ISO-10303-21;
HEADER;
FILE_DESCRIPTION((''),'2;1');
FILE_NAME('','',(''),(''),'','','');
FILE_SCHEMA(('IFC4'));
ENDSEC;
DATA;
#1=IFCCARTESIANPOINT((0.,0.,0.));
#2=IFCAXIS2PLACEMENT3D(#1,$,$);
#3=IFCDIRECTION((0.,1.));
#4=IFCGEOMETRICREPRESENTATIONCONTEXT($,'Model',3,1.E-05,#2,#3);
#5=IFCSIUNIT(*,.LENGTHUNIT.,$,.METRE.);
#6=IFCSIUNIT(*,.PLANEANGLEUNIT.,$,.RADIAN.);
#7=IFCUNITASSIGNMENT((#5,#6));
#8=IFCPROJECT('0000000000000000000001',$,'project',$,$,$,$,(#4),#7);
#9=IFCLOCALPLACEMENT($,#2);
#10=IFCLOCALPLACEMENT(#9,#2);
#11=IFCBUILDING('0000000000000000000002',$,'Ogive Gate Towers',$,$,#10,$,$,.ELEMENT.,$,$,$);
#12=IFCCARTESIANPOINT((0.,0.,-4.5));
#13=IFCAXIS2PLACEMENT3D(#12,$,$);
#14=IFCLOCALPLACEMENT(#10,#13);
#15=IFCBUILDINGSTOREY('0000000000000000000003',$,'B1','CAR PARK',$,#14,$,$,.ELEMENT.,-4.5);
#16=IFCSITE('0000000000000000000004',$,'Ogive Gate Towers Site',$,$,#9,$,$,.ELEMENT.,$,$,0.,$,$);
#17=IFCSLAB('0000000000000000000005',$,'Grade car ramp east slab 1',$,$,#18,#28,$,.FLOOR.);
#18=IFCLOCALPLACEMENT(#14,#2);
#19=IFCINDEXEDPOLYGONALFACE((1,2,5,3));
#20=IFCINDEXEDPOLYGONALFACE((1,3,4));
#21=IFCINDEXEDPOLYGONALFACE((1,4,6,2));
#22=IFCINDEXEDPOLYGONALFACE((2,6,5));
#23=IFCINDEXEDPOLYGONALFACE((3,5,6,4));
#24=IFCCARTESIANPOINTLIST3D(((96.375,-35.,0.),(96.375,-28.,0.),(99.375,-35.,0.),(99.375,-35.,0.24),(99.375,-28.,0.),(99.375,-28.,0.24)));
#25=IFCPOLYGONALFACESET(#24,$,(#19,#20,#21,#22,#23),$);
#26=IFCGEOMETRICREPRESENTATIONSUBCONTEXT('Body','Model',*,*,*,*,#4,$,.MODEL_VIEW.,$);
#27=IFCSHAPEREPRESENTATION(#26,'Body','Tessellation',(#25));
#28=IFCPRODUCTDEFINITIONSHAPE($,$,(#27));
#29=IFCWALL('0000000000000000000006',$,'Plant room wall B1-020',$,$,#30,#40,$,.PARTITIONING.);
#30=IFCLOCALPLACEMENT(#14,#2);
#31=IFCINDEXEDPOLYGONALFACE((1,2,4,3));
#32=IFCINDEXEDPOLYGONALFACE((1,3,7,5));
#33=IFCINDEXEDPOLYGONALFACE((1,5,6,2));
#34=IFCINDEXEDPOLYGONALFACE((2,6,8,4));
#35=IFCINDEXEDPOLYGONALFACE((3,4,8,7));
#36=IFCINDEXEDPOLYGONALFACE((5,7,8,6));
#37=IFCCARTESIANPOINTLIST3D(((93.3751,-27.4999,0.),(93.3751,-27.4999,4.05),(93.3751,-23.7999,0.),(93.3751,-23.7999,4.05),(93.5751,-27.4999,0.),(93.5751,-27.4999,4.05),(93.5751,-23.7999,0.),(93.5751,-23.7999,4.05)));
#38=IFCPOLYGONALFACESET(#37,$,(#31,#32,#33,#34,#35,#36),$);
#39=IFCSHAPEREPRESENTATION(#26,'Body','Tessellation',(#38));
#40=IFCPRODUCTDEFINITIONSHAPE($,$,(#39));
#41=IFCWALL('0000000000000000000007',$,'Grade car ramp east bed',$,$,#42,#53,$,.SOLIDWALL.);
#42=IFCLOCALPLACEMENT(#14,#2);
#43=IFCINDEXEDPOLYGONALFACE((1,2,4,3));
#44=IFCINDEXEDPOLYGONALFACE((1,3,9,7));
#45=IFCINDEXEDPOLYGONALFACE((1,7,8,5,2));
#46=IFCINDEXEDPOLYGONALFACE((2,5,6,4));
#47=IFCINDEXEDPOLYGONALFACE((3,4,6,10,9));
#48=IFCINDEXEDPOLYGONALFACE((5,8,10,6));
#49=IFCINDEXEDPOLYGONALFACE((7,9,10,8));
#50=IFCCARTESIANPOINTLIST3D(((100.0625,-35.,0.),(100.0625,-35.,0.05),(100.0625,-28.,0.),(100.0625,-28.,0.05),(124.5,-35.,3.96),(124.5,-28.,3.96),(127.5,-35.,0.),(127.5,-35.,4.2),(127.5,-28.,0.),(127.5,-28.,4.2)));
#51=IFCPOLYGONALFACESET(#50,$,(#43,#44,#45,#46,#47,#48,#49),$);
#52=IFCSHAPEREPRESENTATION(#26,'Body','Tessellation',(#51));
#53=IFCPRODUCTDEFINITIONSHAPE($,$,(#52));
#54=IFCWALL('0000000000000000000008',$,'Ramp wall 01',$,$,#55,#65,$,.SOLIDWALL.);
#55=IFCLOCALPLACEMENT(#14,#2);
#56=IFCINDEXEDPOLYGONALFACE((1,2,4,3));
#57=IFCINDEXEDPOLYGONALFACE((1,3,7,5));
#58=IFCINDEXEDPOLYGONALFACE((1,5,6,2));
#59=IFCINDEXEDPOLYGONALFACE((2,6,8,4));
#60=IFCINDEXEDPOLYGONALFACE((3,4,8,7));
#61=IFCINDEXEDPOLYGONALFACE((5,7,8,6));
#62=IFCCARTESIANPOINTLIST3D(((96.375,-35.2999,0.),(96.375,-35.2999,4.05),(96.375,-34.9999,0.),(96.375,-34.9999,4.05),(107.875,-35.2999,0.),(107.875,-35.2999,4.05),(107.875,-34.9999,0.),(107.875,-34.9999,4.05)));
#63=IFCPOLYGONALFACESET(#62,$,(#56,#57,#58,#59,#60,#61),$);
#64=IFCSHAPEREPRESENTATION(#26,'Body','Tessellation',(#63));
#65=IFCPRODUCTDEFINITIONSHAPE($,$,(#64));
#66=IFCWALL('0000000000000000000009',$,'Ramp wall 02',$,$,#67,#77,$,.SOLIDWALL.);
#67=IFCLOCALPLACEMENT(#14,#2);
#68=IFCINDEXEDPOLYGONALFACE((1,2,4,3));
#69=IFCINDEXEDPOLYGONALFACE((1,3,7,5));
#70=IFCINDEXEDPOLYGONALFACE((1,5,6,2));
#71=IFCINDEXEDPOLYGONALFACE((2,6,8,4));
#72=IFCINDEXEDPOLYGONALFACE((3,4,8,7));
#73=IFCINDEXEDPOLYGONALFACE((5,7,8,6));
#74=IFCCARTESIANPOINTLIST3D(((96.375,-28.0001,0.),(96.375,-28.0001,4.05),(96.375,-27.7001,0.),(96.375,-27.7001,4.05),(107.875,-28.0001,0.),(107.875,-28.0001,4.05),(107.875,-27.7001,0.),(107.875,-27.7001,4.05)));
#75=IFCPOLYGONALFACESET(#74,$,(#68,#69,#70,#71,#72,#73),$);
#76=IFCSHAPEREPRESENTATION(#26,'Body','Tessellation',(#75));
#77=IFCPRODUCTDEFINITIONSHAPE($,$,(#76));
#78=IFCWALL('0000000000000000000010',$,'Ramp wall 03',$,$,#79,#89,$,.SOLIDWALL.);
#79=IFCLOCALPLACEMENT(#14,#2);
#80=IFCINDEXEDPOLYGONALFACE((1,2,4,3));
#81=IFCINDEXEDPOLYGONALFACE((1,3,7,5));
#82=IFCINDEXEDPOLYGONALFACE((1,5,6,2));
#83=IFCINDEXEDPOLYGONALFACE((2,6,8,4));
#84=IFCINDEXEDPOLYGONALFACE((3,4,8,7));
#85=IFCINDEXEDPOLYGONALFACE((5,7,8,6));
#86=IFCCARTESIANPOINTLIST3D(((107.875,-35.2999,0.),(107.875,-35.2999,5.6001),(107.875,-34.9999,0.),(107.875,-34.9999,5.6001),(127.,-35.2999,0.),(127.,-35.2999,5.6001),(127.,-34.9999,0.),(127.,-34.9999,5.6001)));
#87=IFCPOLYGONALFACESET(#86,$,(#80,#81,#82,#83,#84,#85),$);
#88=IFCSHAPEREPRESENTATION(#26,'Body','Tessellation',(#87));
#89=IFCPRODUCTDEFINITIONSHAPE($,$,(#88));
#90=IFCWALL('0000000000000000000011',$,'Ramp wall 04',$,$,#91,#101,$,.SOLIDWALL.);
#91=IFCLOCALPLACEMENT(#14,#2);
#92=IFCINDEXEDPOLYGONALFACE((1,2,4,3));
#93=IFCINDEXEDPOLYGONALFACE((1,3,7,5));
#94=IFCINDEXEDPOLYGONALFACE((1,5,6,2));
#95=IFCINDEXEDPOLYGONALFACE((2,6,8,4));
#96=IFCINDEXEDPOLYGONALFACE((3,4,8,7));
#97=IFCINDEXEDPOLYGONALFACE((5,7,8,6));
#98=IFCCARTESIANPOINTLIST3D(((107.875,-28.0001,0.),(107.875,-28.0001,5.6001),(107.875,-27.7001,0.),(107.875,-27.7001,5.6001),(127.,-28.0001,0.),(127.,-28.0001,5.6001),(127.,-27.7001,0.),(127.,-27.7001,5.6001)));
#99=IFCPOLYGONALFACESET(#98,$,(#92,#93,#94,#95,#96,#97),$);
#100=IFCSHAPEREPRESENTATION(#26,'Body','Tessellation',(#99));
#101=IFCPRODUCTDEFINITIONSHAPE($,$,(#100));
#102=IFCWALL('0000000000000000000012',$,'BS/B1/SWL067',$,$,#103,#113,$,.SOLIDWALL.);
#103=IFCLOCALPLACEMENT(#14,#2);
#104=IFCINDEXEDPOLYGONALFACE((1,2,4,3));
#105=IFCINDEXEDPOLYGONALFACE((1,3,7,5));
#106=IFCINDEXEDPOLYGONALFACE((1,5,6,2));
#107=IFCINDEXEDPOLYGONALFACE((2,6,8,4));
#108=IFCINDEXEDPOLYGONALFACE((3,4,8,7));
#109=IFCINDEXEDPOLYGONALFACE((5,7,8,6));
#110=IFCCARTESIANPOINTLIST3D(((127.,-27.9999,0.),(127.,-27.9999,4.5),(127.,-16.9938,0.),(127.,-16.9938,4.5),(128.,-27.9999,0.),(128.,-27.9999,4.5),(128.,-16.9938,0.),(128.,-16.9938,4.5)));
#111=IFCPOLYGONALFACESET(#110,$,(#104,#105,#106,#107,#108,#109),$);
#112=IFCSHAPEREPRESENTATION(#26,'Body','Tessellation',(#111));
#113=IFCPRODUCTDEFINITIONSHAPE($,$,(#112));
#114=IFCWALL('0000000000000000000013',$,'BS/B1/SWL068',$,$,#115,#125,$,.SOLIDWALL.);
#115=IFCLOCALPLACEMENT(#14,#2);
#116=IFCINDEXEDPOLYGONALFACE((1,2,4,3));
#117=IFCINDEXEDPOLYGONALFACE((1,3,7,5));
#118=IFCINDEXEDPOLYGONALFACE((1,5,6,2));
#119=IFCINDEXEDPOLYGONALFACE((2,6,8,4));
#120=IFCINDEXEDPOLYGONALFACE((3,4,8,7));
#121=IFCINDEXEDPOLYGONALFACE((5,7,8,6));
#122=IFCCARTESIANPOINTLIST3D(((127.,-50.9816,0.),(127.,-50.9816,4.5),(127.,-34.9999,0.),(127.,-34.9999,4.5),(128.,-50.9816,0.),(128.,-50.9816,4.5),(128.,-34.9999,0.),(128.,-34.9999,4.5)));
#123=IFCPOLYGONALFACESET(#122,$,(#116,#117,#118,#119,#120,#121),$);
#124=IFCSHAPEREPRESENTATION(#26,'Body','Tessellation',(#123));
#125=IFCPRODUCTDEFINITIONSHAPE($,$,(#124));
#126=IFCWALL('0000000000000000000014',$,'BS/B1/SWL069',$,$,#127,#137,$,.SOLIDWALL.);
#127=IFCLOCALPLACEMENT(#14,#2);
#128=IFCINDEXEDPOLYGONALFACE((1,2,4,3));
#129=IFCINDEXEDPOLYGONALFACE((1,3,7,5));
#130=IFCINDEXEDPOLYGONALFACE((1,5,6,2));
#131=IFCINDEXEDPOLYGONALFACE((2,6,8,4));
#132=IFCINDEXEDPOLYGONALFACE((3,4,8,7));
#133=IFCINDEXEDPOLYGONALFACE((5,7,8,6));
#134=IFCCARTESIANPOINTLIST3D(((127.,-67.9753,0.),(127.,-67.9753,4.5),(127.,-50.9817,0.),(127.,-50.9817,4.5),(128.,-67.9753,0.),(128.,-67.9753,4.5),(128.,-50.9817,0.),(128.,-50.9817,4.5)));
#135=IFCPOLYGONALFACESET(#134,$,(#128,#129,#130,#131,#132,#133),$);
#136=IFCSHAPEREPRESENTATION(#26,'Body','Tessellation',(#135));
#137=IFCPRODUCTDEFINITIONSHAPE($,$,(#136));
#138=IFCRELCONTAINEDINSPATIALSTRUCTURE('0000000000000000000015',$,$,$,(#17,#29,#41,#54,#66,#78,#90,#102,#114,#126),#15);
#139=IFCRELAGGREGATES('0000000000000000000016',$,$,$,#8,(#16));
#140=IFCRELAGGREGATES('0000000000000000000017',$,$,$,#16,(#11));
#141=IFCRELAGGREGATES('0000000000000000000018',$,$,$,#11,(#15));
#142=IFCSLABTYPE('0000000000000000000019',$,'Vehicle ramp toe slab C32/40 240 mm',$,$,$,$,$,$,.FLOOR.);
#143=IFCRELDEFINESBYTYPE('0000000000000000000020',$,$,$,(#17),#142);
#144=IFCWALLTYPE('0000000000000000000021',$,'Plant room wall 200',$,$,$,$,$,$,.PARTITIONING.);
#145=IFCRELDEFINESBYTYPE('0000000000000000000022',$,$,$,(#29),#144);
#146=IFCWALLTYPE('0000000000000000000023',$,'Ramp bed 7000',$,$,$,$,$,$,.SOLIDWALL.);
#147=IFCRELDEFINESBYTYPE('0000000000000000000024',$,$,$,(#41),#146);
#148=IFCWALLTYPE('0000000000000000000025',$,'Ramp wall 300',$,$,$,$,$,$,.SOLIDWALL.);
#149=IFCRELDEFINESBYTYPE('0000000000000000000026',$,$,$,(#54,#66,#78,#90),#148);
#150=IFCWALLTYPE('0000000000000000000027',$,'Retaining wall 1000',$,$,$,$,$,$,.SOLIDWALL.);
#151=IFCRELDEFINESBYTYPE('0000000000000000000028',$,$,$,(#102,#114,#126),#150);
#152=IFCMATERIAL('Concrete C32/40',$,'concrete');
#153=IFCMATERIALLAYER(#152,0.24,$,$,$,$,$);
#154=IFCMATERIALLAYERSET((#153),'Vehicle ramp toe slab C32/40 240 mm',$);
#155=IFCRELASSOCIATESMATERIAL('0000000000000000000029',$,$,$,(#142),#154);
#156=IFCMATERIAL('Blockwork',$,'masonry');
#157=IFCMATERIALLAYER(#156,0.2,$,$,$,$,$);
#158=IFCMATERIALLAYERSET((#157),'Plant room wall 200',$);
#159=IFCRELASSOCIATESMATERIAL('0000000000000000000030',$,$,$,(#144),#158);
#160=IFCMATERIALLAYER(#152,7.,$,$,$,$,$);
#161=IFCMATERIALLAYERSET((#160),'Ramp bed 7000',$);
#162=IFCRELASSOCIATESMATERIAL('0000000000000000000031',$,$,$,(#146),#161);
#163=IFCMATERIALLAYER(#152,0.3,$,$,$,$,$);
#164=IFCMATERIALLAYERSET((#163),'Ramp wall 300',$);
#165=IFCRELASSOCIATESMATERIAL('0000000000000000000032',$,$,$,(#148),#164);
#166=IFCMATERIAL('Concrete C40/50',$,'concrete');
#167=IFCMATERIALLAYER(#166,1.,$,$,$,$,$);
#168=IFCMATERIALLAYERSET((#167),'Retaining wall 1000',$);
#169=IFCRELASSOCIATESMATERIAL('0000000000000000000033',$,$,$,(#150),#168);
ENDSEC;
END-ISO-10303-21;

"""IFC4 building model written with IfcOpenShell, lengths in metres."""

from ifc_helpers import new_model, si_unit, direction, frame, frame_2d, origin, place, context, subcontext, project, spatial, polyline, rectangle, outline, extrude, material, layer, layer_set, type_object, element, save


model = new_model("IFC4")

# Units and contexts
model_context = context("Model", 3, precision=1e-05, world=origin(), true_north=direction((0.0, 1.0)))
body_context = subcontext(model_context, "Body", "Model", "MODEL_VIEW")
ifc_project = project(units=[si_unit("LENGTHUNIT", "METRE"), si_unit("PLANEANGLEUNIT", "RADIAN")], contexts=[model_context])

# Site, building, storey
site_placement = place(None, origin())
site = spatial("IfcSite", under=ifc_project, at=site_placement, Name="Ogive Gate Towers Site", CompositionType="ELEMENT", RefElevation=0.0)
building_placement = place(site_placement, origin())
building = spatial("IfcBuilding", under=site, at=building_placement, Name="Ogive Gate Towers", CompositionType="ELEMENT")
storey_placement = place(building_placement, frame((0.0, 0.0, -4.5)))
storey = spatial("IfcBuildingStorey", under=building, at=storey_placement, Name="B1", Description="CAR PARK", CompositionType="ELEMENT", Elevation=-4.5)

# Slab
ifc_material_1 = material(Name="Concrete C32/40", Category="concrete")
ifc_layer_1 = layer(ifc_material_1, 0.24)
ifc_layer_set_1 = layer_set([ifc_layer_1], Name="Vehicle ramp toe slab C32/40 240 mm")
slab_type_1 = type_object("IfcSlabType", Name="Vehicle ramp toe slab C32/40 240 mm", PredefinedType="FLOOR", material=ifc_layer_set_1)
slab_1_placement = place(storey_placement, frame((96.375, -31.5, 0.0), z_axis=(0.0, 0.0, 1.0), x_axis=(1.0, 0.0, 0.0)))
element("IfcSlab", 1, at=slab_1_placement, inside=storey, type_object=slab_type_1, Name="Grade car ramp east slab 1", PredefinedType="FLOOR", context=body_context, shape_type="SweptSolid", body=[
    extrude(outline(polyline([(0.0, 0.0), (3.0, 0.0), (3.0, 0.24), (0.0, 0.0), (0.0, 0.0)])), frame((0.0, 3.5, 0.0), z_axis=(0.0, -1.0, 0.0), x_axis=(1.0, 0.0, 0.0)), (0.0, 0.0, 1.0), 7.0),
])

# Walls
ifc_material_2 = material(Name="Blockwork", Category="masonry")
ifc_layer_2 = layer(ifc_material_2, 0.2)
ifc_layer_set_2 = layer_set([ifc_layer_2], Name="Plant room wall 200")
wall_type_1 = type_object("IfcWallType", Name="Plant room wall 200", PredefinedType="PARTITIONING", material=ifc_layer_set_2)
wall_1_placement = place(storey_placement, frame((93.4751, -27.5, 0.0), z_axis=(0.0, 0.0, 1.0), x_axis=(0.0, 1.0, 0.0)))
element("IfcWall", 2, at=wall_1_placement, inside=storey, type_object=wall_type_1, Name="Plant room wall B1-020", PredefinedType="PARTITIONING", context=body_context, shape_type="SweptSolid", body=[
    extrude(rectangle(XDim=3.7, YDim=0.2, at=frame_2d((1.8501, 0.0))), origin(), (0.0, 0.0, 1.0), 4.05),
])
ifc_layer_3 = layer(ifc_material_1, 7.0)
ifc_layer_set_3 = layer_set([ifc_layer_3], Name="Ramp bed 7000")
wall_type_2 = type_object("IfcWallType", Name="Ramp bed 7000", PredefinedType="SOLIDWALL", material=ifc_layer_set_3)
wall_2_placement = place(storey_placement, frame((100.0625, -31.5, 0.0), z_axis=(0.0, 0.0, 1.0), x_axis=(1.0, 0.0, 0.0)))
element("IfcWall", 3, at=wall_2_placement, inside=storey, type_object=wall_type_2, Name="Grade car ramp east bed", PredefinedType="SOLIDWALL", context=body_context, shape_type="SweptSolid", body=[
    extrude(outline(polyline([(0.0, 0.0), (27.4375, 0.0), (27.4375, 4.2), (24.4375, 3.96), (0.0, 0.05), (0.0, 0.0)])), frame((0.0, 3.5, 0.0), z_axis=(0.0, -1.0, 0.0), x_axis=(1.0, 0.0, 0.0)), (0.0, 0.0, 1.0), 7.0),
])
ifc_layer_4 = layer(ifc_material_1, 0.3)
ifc_layer_set_4 = layer_set([ifc_layer_4], Name="Ramp wall 300")
wall_type_3 = type_object("IfcWallType", Name="Ramp wall 300", PredefinedType="SOLIDWALL", material=ifc_layer_set_4)
for number, where, z_axis, x_axis, name in (
    (4, (96.375, -35.1499, 0.0), (0.0, 0.0, 1.0), (1.0, 0.0, 0.0), "Ramp wall 01"),
    (5, (96.375, -27.8501, 0.0), (0.0, 0.0, 1.0), (1.0, 0.0, 0.0), "Ramp wall 02"),
):
    element("IfcWall", number, at=place(storey_placement, frame(where, z_axis=z_axis, x_axis=x_axis)), inside=storey, type_object=wall_type_3, Name=name, PredefinedType="SOLIDWALL", context=body_context, shape_type="SweptSolid", body=[
        extrude(rectangle(XDim=11.5, YDim=0.3, at=frame_2d((5.75, 0.0))), origin(), (0.0, 0.0, 1.0), 4.05),
    ])
for number, where, z_axis, x_axis, name in (
    (6, (107.875, -35.1499, 0.0), (0.0, 0.0, 1.0), (1.0, 0.0, 0.0), "Ramp wall 03"),
    (7, (107.875, -27.8501, 0.0), (0.0, 0.0, 1.0), (1.0, 0.0, 0.0), "Ramp wall 04"),
):
    element("IfcWall", number, at=place(storey_placement, frame(where, z_axis=z_axis, x_axis=x_axis)), inside=storey, type_object=wall_type_3, Name=name, PredefinedType="SOLIDWALL", context=body_context, shape_type="SweptSolid", body=[
        extrude(rectangle(XDim=19.125, YDim=0.3, at=frame_2d((9.5625, 0.0))), origin(), (0.0, 0.0, 1.0), 5.6001),
    ])
ifc_material_3 = material(Name="Concrete C40/50", Category="concrete")
ifc_layer_5 = layer(ifc_material_3, 1.0)
ifc_layer_set_5 = layer_set([ifc_layer_5], Name="Retaining wall 1000")
wall_type_4 = type_object("IfcWallType", Name="Retaining wall 1000", PredefinedType="SOLIDWALL", material=ifc_layer_set_5)
wall_3_placement = place(storey_placement, frame((127.5, -16.9939, 0.0), z_axis=(0.0, 0.0, 1.0), x_axis=(0.0, -1.0, 0.0)))
element("IfcWall", 8, at=wall_3_placement, inside=storey, type_object=wall_type_4, Name="BS/B1/SWL067", PredefinedType="SOLIDWALL", context=body_context, shape_type="SweptSolid", body=[
    extrude(rectangle(XDim=11.0061, YDim=1.0, at=frame_2d((5.5029, 0.0))), origin(), (0.0, 0.0, 1.0), 4.5),
])
wall_4_placement = place(storey_placement, frame((127.5, -35.0, 0.0), z_axis=(0.0, 0.0, 1.0), x_axis=(0.0, -1.0, 0.0)))
element("IfcWall", 9, at=wall_4_placement, inside=storey, type_object=wall_type_4, Name="BS/B1/SWL068", PredefinedType="SOLIDWALL", context=body_context, shape_type="SweptSolid", body=[
    extrude(rectangle(XDim=15.9817, YDim=1.0, at=frame_2d((7.9907, 0.0))), origin(), (0.0, 0.0, 1.0), 4.5),
])
wall_5_placement = place(storey_placement, frame((127.5, -50.9817, 0.0), z_axis=(0.0, 0.0, 1.0), x_axis=(0.0, -1.0, 0.0)))
element("IfcWall", 10, at=wall_5_placement, inside=storey, type_object=wall_type_4, Name="BS/B1/SWL069", PredefinedType="SOLIDWALL", context=body_context, shape_type="SweptSolid", body=[
    extrude(rectangle(XDim=16.9937, YDim=1.0, at=frame_2d((8.4968, 0.0))), origin(), (0.0, 0.0, 1.0), 4.5),
])

save(model, "model.ifc")
